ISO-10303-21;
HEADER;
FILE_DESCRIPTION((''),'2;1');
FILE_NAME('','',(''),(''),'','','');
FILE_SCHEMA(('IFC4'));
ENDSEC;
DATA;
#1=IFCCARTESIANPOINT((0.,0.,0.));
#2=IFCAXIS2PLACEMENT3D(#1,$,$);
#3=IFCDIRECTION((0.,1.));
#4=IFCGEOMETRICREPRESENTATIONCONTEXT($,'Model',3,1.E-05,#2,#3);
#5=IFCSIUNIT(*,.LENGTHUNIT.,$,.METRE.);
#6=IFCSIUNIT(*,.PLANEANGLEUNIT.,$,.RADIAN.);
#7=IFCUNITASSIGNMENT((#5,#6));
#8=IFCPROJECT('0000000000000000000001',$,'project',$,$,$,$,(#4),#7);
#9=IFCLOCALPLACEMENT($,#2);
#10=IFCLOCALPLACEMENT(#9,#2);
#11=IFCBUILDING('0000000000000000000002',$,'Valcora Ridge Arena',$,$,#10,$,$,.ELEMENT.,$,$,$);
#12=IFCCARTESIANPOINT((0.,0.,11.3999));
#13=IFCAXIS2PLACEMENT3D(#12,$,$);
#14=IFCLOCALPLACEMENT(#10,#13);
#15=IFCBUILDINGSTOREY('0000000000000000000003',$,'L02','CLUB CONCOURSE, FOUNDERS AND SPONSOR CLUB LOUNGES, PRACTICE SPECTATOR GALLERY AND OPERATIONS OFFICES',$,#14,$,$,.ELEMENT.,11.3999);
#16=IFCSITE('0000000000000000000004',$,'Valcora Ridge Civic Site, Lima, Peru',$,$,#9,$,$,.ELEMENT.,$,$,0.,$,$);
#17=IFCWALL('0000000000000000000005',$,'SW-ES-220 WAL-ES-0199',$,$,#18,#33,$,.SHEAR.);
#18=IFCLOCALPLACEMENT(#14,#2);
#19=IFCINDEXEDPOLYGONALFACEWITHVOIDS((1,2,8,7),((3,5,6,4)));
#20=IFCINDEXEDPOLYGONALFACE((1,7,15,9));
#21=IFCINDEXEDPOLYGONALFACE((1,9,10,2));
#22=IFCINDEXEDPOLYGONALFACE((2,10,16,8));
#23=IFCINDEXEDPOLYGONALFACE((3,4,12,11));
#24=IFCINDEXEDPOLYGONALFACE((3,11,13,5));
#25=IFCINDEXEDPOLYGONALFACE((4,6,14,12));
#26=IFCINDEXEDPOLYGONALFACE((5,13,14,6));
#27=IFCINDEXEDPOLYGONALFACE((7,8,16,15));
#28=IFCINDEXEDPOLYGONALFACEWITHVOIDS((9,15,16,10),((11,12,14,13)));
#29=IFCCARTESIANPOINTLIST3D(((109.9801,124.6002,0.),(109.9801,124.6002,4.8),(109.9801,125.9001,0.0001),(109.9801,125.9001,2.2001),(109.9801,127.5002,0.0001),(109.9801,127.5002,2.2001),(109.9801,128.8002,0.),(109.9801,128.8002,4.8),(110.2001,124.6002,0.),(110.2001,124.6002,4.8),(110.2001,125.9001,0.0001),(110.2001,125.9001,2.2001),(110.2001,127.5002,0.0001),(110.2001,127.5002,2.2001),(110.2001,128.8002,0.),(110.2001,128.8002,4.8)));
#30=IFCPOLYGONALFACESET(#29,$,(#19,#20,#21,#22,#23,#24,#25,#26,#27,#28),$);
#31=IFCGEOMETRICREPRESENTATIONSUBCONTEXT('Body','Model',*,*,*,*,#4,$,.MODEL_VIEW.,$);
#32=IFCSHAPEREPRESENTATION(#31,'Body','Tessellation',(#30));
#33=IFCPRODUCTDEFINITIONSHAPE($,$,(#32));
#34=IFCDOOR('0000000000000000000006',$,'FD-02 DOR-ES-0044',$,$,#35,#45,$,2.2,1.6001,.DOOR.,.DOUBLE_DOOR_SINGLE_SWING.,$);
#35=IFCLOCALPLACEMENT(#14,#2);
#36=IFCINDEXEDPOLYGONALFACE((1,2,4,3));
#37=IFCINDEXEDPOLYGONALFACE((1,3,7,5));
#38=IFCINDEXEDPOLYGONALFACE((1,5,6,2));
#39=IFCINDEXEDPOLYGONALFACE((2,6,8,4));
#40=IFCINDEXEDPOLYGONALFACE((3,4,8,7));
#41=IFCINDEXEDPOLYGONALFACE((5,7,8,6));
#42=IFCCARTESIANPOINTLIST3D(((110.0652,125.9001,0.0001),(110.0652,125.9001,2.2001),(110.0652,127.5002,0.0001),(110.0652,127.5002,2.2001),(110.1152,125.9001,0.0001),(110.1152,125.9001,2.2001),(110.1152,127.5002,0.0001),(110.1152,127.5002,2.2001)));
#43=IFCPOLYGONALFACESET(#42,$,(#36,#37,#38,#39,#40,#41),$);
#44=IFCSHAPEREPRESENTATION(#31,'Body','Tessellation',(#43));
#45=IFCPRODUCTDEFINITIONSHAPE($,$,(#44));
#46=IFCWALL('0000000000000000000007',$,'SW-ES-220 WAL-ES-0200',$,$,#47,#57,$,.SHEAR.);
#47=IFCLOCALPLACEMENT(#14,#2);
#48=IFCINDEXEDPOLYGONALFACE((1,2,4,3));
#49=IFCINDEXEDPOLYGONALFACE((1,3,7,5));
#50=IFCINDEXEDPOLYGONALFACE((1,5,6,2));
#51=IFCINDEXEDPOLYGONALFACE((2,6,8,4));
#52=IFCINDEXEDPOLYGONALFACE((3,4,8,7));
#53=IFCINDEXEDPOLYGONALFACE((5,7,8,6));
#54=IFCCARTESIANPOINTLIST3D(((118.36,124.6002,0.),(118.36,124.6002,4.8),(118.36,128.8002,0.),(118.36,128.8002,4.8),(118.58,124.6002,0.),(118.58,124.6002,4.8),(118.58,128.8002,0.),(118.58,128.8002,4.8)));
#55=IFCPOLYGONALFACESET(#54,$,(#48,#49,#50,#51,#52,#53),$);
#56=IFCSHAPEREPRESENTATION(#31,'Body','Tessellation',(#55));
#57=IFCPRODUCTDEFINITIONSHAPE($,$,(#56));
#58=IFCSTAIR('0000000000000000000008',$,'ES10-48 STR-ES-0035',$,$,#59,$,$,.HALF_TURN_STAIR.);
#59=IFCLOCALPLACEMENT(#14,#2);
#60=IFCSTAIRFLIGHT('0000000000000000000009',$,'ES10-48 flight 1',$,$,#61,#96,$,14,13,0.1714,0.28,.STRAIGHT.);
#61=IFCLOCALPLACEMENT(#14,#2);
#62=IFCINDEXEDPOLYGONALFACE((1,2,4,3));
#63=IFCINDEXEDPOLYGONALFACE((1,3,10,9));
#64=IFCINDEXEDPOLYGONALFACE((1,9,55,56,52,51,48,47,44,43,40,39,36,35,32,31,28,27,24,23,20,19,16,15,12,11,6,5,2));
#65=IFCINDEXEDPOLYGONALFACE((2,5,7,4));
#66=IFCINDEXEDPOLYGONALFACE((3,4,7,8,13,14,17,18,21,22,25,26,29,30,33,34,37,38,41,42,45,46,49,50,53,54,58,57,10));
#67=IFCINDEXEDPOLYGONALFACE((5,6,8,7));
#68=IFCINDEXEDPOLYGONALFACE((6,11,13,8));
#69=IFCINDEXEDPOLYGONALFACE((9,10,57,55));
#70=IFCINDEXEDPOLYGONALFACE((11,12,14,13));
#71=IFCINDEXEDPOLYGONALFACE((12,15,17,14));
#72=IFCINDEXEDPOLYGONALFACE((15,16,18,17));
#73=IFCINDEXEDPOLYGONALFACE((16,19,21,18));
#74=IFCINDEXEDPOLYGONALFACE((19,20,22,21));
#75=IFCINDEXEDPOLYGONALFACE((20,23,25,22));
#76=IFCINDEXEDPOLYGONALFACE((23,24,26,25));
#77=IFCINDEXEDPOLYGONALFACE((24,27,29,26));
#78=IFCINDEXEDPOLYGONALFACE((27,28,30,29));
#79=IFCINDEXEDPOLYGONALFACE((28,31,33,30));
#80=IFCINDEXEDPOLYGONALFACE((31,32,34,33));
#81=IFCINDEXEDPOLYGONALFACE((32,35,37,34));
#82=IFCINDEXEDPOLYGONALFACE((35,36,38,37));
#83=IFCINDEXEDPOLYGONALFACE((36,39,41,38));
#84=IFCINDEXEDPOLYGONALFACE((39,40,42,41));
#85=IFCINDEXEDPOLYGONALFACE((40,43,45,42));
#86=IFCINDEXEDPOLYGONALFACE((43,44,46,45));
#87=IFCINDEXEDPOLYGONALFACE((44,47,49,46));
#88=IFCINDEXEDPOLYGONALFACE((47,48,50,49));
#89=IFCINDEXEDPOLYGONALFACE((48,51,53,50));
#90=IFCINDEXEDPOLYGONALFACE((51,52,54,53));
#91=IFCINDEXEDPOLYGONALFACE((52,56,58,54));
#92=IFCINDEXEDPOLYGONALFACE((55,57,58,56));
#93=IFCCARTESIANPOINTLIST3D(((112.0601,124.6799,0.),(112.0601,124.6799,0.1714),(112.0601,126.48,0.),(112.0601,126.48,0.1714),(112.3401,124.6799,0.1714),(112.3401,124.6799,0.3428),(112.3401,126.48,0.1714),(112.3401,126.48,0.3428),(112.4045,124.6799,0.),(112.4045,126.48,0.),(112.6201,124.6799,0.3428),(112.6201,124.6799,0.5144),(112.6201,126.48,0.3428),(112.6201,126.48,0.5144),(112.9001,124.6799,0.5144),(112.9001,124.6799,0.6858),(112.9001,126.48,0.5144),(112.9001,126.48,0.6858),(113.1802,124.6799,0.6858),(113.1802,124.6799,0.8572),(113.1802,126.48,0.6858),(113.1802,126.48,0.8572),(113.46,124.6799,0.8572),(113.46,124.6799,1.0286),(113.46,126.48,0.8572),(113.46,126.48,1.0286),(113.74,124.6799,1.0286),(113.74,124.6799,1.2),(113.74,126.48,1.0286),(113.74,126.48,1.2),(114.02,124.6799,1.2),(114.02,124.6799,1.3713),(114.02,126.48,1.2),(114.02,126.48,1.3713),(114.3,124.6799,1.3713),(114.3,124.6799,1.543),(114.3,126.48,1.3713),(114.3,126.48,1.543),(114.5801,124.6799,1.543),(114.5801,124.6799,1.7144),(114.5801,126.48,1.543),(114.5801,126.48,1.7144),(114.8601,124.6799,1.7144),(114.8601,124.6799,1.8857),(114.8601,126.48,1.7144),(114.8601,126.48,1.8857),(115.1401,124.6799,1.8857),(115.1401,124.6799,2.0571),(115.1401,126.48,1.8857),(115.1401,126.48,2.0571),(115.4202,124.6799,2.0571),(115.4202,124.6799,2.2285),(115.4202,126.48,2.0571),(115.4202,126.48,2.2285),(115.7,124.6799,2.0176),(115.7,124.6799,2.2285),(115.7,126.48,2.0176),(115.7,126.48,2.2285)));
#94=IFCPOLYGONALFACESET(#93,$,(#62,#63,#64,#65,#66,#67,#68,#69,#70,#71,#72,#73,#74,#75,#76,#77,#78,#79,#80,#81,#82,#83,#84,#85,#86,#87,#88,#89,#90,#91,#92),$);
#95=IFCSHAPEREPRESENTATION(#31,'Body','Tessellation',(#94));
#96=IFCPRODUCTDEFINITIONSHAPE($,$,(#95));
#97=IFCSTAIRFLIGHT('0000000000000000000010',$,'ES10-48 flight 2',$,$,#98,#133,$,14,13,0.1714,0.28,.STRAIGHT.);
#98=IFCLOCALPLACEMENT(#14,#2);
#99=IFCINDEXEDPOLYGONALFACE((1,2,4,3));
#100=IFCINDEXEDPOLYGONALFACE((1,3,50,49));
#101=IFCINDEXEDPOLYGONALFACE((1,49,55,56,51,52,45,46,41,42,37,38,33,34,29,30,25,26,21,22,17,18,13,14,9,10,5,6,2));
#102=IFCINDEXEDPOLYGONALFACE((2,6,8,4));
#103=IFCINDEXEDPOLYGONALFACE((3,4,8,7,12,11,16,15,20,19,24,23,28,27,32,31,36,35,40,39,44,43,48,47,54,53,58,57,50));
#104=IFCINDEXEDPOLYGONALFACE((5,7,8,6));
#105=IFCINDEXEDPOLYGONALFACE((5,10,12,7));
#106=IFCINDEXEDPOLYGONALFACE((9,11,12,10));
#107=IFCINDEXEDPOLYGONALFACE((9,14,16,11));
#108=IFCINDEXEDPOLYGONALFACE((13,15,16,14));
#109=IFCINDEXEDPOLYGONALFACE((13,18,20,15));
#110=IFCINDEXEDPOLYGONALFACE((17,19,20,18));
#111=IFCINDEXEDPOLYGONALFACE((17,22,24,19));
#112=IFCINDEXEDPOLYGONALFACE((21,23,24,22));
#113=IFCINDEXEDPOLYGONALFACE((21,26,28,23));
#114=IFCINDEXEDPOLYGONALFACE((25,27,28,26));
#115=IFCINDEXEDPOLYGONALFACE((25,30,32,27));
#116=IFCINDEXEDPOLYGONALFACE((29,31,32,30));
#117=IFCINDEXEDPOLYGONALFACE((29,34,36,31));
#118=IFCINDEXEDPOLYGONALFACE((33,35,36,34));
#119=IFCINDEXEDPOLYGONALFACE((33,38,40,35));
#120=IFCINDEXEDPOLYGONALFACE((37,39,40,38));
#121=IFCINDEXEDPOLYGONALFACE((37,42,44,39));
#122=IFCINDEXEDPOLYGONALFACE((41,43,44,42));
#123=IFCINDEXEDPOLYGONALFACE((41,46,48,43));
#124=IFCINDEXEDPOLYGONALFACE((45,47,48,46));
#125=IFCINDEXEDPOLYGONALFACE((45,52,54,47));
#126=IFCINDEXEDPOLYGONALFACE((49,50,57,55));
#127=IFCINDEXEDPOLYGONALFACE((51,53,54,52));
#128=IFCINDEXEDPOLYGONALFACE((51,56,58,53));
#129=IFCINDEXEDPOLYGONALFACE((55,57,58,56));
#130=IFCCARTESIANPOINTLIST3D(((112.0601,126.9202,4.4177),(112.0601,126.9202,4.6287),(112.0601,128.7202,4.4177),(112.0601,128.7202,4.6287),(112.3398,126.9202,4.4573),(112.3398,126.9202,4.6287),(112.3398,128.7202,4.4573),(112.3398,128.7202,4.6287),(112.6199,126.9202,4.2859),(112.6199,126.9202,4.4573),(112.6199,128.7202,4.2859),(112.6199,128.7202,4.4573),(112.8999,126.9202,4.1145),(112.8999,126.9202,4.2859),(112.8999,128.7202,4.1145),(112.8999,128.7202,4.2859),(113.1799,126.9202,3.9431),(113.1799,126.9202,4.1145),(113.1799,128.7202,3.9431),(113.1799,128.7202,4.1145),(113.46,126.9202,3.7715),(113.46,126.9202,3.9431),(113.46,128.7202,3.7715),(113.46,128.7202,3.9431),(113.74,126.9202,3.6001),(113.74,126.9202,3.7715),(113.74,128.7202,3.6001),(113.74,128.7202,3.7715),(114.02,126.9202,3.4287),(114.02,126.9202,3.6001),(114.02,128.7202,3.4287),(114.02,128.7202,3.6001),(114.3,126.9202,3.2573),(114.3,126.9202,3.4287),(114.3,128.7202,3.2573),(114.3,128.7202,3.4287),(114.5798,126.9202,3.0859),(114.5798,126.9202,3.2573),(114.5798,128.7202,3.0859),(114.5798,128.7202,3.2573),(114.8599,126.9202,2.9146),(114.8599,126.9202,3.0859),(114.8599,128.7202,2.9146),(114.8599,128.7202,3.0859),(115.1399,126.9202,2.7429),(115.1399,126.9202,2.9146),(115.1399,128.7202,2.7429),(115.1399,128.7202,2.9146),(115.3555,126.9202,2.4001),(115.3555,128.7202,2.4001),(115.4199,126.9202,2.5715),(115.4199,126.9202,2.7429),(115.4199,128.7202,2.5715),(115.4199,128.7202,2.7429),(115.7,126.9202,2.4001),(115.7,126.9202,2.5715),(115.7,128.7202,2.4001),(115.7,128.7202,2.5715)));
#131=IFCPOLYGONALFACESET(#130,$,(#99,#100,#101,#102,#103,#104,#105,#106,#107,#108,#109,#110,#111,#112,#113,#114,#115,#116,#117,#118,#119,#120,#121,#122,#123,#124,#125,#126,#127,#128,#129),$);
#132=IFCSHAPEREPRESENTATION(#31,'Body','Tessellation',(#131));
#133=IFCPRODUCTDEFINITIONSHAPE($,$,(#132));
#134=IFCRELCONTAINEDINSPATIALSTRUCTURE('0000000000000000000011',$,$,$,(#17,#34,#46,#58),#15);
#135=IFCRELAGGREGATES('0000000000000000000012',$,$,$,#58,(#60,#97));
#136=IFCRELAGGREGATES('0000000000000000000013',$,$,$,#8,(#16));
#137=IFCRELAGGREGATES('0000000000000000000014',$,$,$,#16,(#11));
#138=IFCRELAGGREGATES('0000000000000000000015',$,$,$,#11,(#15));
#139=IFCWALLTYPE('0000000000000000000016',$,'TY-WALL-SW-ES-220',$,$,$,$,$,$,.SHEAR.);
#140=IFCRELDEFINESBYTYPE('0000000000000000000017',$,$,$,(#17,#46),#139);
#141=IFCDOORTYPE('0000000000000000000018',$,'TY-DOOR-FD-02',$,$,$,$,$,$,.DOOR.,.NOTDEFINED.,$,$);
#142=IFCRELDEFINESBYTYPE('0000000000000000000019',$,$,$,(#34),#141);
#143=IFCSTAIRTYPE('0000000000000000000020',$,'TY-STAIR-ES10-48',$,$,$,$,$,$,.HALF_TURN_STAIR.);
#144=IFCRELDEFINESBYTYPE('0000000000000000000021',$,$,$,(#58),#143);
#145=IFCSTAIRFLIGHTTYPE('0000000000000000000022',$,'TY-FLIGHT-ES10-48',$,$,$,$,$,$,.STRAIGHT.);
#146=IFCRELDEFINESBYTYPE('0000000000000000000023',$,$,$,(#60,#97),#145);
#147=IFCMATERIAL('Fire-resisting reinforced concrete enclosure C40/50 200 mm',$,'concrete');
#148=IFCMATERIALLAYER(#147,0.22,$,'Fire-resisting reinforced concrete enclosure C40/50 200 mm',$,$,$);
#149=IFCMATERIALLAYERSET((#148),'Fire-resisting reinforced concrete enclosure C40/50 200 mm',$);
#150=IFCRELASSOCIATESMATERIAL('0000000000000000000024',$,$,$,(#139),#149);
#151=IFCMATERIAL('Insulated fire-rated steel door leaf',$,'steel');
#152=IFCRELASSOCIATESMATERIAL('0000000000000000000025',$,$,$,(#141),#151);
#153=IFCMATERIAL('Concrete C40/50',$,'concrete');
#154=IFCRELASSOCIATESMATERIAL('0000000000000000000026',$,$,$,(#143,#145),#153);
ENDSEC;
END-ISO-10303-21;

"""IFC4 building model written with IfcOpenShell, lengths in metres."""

from ifc_helpers import new_model, si_unit, direction, frame, frame_2d, origin, place, context, subcontext, project, spatial, polyline, rectangle, outline, extrude, material, layer, layer_set, type_object, element, fill, aggregate, save


model = new_model("IFC4")

# Units and contexts
model_context = context("Model", 3, precision=1e-05, world=origin(), true_north=direction((0.0, 1.0)))
body_context = subcontext(model_context, "Body", "Model", "MODEL_VIEW")
ifc_project = project(units=[si_unit("LENGTHUNIT", "METRE"), si_unit("PLANEANGLEUNIT", "RADIAN")], contexts=[model_context])

# Site, building, storey
site_placement = place(None, origin())
site = spatial("IfcSite", under=ifc_project, at=site_placement, Name="Valcora Ridge Civic Site, Lima, Peru", CompositionType="ELEMENT", RefElevation=0.0)
building_placement = place(site_placement, origin())
building = spatial("IfcBuilding", under=site, at=building_placement, Name="Valcora Ridge Arena", CompositionType="ELEMENT")
storey_placement = place(building_placement, frame((0.0, 0.0, 11.3999)))
storey = spatial("IfcBuildingStorey", under=building, at=storey_placement, Name="L02", Description="CLUB CONCOURSE, FOUNDERS AND SPONSOR CLUB LOUNGES, PRACTICE SPECTATOR GALLERY AND OPERATIONS OFFICES", CompositionType="ELEMENT", Elevation=11.3999)

# Shared definitions
ifc_material_1 = material(Name="Concrete C40/50", Category="concrete")

# Shared definitions
ifc_material_2 = material(Name="Fire-resisting reinforced concrete enclosure C40/50 200 mm", Category="concrete")
ifc_layer_1 = layer(ifc_material_2, 0.22, Name="Fire-resisting reinforced concrete enclosure C40/50 200 mm")
ifc_layer_set_1 = layer_set([ifc_layer_1], Name="Fire-resisting reinforced concrete enclosure C40/50 200 mm")
wall_type_1 = type_object("IfcWallType", Name="TY-WALL-SW-ES-220", PredefinedType="SHEAR", material=ifc_layer_set_1)

# Wall, opening, door
wall_1_placement = place(storey_placement, frame((110.0901, 124.6001, 0.0), z_axis=(0.0, 0.0, 1.0), x_axis=(0.0, 1.0, 0.0)))
wall_1 = element("IfcWall", 1, at=wall_1_placement, inside=storey, type_object=wall_type_1, Name="SW-ES-220 WAL-ES-0199", PredefinedType="SHEAR", context=body_context, shape_type="SweptSolid", body=[
    extrude(rectangle(XDim=4.2, YDim=0.22, at=frame_2d((2.1001, 0.0))), origin(), (0.0, 0.0, 1.0), 4.8),
])
opening_1_placement = place(wall_1_placement, frame((1.3, 0.0, 0.0)))
opening_1 = element("IfcOpeningElement", 2, at=opening_1_placement, cuts=wall_1, PredefinedType="OPENING", context=body_context, shape_type="SweptSolid", body=[
    extrude(rectangle(XDim=1.6001, YDim=2.2, at=frame_2d((0.8, 1.1001))), frame((0.0, 0.1199, 0.0), z_axis=(0.0, -1.0, 0.0), x_axis=(1.0, 0.0, 0.0)), (0.0, 0.0, 1.0), 0.24),
])
ifc_material_3 = material(Name="Insulated fire-rated steel door leaf", Category="steel")
door_type = type_object("IfcDoorType", Name="TY-DOOR-FD-02", OperationType="NOTDEFINED", PredefinedType="DOOR", material=ifc_material_3)
door_placement = place(opening_1_placement, origin())
door = element("IfcDoor", 3, at=door_placement, inside=storey, type_object=door_type, Name="FD-02 DOR-ES-0044", OperationType="DOUBLE_DOOR_SINGLE_SWING", OverallHeight=2.2, OverallWidth=1.6001, PredefinedType="DOOR", context=body_context, shape_type="SweptSolid", body=[
    extrude(rectangle(XDim=1.6001, YDim=2.2, at=frame_2d((0.8, 1.1001))), frame((0.0, 0.0249, 0.0), z_axis=(0.0, -1.0, 0.0), x_axis=(1.0, 0.0, 0.0)), (0.0, 0.0, 1.0), 0.05),
])
fill(opening_1, door)

# Wall
wall_2_placement = place(storey_placement, frame((118.47, 124.6001, 0.0), z_axis=(0.0, 0.0, 1.0), x_axis=(0.0, 1.0, 0.0)))
element("IfcWall", 4, at=wall_2_placement, inside=storey, type_object=wall_type_1, Name="SW-ES-220 WAL-ES-0200", PredefinedType="SHEAR", context=body_context, shape_type="SweptSolid", body=[
    extrude(rectangle(XDim=4.2, YDim=0.22, at=frame_2d((2.1001, 0.0))), origin(), (0.0, 0.0, 1.0), 4.8),
])

# Stair, stair flights
stair_type = type_object("IfcStairType", Name="TY-STAIR-ES10-48", PredefinedType="HALF_TURN_STAIR", material=ifc_material_1)
stair_placement = place(storey_placement, origin())
stair = element("IfcStair", 5, at=stair_placement, inside=storey, type_object=stair_type, Name="ES10-48 STR-ES-0035", PredefinedType="HALF_TURN_STAIR")
stair_flight_type = type_object("IfcStairFlightType", Name="TY-FLIGHT-ES10-48", PredefinedType="STRAIGHT", material=ifc_material_1)
stair_flight_1_placement = place(storey_placement, frame((112.0601, 125.5801, 0.0), z_axis=(0.0, 0.0, 1.0), x_axis=(1.0, 0.0, 0.0)))
stair_flight_1 = element("IfcStairFlight", 6, at=stair_flight_1_placement, type_object=stair_flight_type, Name="ES10-48 flight 1", NumberOfRisers=14, NumberOfTreads=13, PredefinedType="STRAIGHT", RiserHeight=0.1714, TreadLength=0.28, context=body_context, shape_type="SweptSolid", body=[
    extrude(outline(polyline([(0.0, 0.0), (0.0, 0.1714), (0.28, 0.1714), (0.28, 0.3428), (0.5601, 0.3428), (0.5601, 0.5144), (0.8401, 0.5144), (0.8401, 0.6858), (1.1201, 0.6858), (1.1201, 0.8572), (1.3999, 0.8572), (1.3999, 1.0286), (1.6799, 1.0286), (1.6799, 1.2), (1.96, 1.2), (1.96, 1.3713), (2.24, 1.3713), (2.24, 1.543), (2.52, 1.543), (2.52, 1.7144), (2.8, 1.7144), (2.8, 1.8857), (3.0801, 1.8857), (3.0801, 2.0571), (3.3601, 2.0571), (3.3601, 2.2285), (3.6399, 2.2285), (3.6399, 2.3999), (3.6399, 2.0176), (0.3445, 0.0), (0.0, 0.0)])), frame((0.0, 0.8999, 0.0), z_axis=(0.0, -1.0, 0.0), x_axis=(1.0, 0.0, 0.0)), (0.0, 0.0, 1.0), 1.8),
])
stair_flight_2_placement = place(storey_placement, frame((115.7, 127.8201, 2.4001), z_axis=(0.0, 0.0, 1.0), x_axis=(-1.0, 0.0, 0.0)))
stair_flight_2 = element("IfcStairFlight", 7, at=stair_flight_2_placement, type_object=stair_flight_type, Name="ES10-48 flight 2", NumberOfRisers=14, NumberOfTreads=13, PredefinedType="STRAIGHT", RiserHeight=0.1714, TreadLength=0.28, context=body_context, shape_type="SweptSolid", body=[
    extrude(outline(polyline([(0.0, 0.0), (0.0, 0.1714), (0.28, 0.1714), (0.28, 0.3428), (0.5601, 0.3428), (0.5601, 0.5144), (0.8401, 0.5144), (0.8401, 0.6858), (1.1201, 0.6858), (1.1201, 0.8572), (1.3999, 0.8572), (1.3999, 1.0286), (1.6799, 1.0286), (1.6799, 1.2), (1.96, 1.2), (1.96, 1.3713), (2.24, 1.3713), (2.24, 1.543), (2.52, 1.543), (2.52, 1.7144), (2.8, 1.7144), (2.8, 1.8857), (3.0801, 1.8857), (3.0801, 2.0571), (3.3601, 2.0571), (3.3601, 2.2285), (3.6399, 2.2285), (3.6399, 2.3999), (3.6399, 2.0176), (0.3445, 0.0), (0.0, 0.0)])), frame((0.0, 0.8999, 0.0), z_axis=(0.0, -1.0, 0.0), x_axis=(1.0, 0.0, 0.0)), (0.0, 0.0, 1.0), 1.8),
])
aggregate(stair, [stair_flight_1, stair_flight_2])

save(model, "model.ifc")
